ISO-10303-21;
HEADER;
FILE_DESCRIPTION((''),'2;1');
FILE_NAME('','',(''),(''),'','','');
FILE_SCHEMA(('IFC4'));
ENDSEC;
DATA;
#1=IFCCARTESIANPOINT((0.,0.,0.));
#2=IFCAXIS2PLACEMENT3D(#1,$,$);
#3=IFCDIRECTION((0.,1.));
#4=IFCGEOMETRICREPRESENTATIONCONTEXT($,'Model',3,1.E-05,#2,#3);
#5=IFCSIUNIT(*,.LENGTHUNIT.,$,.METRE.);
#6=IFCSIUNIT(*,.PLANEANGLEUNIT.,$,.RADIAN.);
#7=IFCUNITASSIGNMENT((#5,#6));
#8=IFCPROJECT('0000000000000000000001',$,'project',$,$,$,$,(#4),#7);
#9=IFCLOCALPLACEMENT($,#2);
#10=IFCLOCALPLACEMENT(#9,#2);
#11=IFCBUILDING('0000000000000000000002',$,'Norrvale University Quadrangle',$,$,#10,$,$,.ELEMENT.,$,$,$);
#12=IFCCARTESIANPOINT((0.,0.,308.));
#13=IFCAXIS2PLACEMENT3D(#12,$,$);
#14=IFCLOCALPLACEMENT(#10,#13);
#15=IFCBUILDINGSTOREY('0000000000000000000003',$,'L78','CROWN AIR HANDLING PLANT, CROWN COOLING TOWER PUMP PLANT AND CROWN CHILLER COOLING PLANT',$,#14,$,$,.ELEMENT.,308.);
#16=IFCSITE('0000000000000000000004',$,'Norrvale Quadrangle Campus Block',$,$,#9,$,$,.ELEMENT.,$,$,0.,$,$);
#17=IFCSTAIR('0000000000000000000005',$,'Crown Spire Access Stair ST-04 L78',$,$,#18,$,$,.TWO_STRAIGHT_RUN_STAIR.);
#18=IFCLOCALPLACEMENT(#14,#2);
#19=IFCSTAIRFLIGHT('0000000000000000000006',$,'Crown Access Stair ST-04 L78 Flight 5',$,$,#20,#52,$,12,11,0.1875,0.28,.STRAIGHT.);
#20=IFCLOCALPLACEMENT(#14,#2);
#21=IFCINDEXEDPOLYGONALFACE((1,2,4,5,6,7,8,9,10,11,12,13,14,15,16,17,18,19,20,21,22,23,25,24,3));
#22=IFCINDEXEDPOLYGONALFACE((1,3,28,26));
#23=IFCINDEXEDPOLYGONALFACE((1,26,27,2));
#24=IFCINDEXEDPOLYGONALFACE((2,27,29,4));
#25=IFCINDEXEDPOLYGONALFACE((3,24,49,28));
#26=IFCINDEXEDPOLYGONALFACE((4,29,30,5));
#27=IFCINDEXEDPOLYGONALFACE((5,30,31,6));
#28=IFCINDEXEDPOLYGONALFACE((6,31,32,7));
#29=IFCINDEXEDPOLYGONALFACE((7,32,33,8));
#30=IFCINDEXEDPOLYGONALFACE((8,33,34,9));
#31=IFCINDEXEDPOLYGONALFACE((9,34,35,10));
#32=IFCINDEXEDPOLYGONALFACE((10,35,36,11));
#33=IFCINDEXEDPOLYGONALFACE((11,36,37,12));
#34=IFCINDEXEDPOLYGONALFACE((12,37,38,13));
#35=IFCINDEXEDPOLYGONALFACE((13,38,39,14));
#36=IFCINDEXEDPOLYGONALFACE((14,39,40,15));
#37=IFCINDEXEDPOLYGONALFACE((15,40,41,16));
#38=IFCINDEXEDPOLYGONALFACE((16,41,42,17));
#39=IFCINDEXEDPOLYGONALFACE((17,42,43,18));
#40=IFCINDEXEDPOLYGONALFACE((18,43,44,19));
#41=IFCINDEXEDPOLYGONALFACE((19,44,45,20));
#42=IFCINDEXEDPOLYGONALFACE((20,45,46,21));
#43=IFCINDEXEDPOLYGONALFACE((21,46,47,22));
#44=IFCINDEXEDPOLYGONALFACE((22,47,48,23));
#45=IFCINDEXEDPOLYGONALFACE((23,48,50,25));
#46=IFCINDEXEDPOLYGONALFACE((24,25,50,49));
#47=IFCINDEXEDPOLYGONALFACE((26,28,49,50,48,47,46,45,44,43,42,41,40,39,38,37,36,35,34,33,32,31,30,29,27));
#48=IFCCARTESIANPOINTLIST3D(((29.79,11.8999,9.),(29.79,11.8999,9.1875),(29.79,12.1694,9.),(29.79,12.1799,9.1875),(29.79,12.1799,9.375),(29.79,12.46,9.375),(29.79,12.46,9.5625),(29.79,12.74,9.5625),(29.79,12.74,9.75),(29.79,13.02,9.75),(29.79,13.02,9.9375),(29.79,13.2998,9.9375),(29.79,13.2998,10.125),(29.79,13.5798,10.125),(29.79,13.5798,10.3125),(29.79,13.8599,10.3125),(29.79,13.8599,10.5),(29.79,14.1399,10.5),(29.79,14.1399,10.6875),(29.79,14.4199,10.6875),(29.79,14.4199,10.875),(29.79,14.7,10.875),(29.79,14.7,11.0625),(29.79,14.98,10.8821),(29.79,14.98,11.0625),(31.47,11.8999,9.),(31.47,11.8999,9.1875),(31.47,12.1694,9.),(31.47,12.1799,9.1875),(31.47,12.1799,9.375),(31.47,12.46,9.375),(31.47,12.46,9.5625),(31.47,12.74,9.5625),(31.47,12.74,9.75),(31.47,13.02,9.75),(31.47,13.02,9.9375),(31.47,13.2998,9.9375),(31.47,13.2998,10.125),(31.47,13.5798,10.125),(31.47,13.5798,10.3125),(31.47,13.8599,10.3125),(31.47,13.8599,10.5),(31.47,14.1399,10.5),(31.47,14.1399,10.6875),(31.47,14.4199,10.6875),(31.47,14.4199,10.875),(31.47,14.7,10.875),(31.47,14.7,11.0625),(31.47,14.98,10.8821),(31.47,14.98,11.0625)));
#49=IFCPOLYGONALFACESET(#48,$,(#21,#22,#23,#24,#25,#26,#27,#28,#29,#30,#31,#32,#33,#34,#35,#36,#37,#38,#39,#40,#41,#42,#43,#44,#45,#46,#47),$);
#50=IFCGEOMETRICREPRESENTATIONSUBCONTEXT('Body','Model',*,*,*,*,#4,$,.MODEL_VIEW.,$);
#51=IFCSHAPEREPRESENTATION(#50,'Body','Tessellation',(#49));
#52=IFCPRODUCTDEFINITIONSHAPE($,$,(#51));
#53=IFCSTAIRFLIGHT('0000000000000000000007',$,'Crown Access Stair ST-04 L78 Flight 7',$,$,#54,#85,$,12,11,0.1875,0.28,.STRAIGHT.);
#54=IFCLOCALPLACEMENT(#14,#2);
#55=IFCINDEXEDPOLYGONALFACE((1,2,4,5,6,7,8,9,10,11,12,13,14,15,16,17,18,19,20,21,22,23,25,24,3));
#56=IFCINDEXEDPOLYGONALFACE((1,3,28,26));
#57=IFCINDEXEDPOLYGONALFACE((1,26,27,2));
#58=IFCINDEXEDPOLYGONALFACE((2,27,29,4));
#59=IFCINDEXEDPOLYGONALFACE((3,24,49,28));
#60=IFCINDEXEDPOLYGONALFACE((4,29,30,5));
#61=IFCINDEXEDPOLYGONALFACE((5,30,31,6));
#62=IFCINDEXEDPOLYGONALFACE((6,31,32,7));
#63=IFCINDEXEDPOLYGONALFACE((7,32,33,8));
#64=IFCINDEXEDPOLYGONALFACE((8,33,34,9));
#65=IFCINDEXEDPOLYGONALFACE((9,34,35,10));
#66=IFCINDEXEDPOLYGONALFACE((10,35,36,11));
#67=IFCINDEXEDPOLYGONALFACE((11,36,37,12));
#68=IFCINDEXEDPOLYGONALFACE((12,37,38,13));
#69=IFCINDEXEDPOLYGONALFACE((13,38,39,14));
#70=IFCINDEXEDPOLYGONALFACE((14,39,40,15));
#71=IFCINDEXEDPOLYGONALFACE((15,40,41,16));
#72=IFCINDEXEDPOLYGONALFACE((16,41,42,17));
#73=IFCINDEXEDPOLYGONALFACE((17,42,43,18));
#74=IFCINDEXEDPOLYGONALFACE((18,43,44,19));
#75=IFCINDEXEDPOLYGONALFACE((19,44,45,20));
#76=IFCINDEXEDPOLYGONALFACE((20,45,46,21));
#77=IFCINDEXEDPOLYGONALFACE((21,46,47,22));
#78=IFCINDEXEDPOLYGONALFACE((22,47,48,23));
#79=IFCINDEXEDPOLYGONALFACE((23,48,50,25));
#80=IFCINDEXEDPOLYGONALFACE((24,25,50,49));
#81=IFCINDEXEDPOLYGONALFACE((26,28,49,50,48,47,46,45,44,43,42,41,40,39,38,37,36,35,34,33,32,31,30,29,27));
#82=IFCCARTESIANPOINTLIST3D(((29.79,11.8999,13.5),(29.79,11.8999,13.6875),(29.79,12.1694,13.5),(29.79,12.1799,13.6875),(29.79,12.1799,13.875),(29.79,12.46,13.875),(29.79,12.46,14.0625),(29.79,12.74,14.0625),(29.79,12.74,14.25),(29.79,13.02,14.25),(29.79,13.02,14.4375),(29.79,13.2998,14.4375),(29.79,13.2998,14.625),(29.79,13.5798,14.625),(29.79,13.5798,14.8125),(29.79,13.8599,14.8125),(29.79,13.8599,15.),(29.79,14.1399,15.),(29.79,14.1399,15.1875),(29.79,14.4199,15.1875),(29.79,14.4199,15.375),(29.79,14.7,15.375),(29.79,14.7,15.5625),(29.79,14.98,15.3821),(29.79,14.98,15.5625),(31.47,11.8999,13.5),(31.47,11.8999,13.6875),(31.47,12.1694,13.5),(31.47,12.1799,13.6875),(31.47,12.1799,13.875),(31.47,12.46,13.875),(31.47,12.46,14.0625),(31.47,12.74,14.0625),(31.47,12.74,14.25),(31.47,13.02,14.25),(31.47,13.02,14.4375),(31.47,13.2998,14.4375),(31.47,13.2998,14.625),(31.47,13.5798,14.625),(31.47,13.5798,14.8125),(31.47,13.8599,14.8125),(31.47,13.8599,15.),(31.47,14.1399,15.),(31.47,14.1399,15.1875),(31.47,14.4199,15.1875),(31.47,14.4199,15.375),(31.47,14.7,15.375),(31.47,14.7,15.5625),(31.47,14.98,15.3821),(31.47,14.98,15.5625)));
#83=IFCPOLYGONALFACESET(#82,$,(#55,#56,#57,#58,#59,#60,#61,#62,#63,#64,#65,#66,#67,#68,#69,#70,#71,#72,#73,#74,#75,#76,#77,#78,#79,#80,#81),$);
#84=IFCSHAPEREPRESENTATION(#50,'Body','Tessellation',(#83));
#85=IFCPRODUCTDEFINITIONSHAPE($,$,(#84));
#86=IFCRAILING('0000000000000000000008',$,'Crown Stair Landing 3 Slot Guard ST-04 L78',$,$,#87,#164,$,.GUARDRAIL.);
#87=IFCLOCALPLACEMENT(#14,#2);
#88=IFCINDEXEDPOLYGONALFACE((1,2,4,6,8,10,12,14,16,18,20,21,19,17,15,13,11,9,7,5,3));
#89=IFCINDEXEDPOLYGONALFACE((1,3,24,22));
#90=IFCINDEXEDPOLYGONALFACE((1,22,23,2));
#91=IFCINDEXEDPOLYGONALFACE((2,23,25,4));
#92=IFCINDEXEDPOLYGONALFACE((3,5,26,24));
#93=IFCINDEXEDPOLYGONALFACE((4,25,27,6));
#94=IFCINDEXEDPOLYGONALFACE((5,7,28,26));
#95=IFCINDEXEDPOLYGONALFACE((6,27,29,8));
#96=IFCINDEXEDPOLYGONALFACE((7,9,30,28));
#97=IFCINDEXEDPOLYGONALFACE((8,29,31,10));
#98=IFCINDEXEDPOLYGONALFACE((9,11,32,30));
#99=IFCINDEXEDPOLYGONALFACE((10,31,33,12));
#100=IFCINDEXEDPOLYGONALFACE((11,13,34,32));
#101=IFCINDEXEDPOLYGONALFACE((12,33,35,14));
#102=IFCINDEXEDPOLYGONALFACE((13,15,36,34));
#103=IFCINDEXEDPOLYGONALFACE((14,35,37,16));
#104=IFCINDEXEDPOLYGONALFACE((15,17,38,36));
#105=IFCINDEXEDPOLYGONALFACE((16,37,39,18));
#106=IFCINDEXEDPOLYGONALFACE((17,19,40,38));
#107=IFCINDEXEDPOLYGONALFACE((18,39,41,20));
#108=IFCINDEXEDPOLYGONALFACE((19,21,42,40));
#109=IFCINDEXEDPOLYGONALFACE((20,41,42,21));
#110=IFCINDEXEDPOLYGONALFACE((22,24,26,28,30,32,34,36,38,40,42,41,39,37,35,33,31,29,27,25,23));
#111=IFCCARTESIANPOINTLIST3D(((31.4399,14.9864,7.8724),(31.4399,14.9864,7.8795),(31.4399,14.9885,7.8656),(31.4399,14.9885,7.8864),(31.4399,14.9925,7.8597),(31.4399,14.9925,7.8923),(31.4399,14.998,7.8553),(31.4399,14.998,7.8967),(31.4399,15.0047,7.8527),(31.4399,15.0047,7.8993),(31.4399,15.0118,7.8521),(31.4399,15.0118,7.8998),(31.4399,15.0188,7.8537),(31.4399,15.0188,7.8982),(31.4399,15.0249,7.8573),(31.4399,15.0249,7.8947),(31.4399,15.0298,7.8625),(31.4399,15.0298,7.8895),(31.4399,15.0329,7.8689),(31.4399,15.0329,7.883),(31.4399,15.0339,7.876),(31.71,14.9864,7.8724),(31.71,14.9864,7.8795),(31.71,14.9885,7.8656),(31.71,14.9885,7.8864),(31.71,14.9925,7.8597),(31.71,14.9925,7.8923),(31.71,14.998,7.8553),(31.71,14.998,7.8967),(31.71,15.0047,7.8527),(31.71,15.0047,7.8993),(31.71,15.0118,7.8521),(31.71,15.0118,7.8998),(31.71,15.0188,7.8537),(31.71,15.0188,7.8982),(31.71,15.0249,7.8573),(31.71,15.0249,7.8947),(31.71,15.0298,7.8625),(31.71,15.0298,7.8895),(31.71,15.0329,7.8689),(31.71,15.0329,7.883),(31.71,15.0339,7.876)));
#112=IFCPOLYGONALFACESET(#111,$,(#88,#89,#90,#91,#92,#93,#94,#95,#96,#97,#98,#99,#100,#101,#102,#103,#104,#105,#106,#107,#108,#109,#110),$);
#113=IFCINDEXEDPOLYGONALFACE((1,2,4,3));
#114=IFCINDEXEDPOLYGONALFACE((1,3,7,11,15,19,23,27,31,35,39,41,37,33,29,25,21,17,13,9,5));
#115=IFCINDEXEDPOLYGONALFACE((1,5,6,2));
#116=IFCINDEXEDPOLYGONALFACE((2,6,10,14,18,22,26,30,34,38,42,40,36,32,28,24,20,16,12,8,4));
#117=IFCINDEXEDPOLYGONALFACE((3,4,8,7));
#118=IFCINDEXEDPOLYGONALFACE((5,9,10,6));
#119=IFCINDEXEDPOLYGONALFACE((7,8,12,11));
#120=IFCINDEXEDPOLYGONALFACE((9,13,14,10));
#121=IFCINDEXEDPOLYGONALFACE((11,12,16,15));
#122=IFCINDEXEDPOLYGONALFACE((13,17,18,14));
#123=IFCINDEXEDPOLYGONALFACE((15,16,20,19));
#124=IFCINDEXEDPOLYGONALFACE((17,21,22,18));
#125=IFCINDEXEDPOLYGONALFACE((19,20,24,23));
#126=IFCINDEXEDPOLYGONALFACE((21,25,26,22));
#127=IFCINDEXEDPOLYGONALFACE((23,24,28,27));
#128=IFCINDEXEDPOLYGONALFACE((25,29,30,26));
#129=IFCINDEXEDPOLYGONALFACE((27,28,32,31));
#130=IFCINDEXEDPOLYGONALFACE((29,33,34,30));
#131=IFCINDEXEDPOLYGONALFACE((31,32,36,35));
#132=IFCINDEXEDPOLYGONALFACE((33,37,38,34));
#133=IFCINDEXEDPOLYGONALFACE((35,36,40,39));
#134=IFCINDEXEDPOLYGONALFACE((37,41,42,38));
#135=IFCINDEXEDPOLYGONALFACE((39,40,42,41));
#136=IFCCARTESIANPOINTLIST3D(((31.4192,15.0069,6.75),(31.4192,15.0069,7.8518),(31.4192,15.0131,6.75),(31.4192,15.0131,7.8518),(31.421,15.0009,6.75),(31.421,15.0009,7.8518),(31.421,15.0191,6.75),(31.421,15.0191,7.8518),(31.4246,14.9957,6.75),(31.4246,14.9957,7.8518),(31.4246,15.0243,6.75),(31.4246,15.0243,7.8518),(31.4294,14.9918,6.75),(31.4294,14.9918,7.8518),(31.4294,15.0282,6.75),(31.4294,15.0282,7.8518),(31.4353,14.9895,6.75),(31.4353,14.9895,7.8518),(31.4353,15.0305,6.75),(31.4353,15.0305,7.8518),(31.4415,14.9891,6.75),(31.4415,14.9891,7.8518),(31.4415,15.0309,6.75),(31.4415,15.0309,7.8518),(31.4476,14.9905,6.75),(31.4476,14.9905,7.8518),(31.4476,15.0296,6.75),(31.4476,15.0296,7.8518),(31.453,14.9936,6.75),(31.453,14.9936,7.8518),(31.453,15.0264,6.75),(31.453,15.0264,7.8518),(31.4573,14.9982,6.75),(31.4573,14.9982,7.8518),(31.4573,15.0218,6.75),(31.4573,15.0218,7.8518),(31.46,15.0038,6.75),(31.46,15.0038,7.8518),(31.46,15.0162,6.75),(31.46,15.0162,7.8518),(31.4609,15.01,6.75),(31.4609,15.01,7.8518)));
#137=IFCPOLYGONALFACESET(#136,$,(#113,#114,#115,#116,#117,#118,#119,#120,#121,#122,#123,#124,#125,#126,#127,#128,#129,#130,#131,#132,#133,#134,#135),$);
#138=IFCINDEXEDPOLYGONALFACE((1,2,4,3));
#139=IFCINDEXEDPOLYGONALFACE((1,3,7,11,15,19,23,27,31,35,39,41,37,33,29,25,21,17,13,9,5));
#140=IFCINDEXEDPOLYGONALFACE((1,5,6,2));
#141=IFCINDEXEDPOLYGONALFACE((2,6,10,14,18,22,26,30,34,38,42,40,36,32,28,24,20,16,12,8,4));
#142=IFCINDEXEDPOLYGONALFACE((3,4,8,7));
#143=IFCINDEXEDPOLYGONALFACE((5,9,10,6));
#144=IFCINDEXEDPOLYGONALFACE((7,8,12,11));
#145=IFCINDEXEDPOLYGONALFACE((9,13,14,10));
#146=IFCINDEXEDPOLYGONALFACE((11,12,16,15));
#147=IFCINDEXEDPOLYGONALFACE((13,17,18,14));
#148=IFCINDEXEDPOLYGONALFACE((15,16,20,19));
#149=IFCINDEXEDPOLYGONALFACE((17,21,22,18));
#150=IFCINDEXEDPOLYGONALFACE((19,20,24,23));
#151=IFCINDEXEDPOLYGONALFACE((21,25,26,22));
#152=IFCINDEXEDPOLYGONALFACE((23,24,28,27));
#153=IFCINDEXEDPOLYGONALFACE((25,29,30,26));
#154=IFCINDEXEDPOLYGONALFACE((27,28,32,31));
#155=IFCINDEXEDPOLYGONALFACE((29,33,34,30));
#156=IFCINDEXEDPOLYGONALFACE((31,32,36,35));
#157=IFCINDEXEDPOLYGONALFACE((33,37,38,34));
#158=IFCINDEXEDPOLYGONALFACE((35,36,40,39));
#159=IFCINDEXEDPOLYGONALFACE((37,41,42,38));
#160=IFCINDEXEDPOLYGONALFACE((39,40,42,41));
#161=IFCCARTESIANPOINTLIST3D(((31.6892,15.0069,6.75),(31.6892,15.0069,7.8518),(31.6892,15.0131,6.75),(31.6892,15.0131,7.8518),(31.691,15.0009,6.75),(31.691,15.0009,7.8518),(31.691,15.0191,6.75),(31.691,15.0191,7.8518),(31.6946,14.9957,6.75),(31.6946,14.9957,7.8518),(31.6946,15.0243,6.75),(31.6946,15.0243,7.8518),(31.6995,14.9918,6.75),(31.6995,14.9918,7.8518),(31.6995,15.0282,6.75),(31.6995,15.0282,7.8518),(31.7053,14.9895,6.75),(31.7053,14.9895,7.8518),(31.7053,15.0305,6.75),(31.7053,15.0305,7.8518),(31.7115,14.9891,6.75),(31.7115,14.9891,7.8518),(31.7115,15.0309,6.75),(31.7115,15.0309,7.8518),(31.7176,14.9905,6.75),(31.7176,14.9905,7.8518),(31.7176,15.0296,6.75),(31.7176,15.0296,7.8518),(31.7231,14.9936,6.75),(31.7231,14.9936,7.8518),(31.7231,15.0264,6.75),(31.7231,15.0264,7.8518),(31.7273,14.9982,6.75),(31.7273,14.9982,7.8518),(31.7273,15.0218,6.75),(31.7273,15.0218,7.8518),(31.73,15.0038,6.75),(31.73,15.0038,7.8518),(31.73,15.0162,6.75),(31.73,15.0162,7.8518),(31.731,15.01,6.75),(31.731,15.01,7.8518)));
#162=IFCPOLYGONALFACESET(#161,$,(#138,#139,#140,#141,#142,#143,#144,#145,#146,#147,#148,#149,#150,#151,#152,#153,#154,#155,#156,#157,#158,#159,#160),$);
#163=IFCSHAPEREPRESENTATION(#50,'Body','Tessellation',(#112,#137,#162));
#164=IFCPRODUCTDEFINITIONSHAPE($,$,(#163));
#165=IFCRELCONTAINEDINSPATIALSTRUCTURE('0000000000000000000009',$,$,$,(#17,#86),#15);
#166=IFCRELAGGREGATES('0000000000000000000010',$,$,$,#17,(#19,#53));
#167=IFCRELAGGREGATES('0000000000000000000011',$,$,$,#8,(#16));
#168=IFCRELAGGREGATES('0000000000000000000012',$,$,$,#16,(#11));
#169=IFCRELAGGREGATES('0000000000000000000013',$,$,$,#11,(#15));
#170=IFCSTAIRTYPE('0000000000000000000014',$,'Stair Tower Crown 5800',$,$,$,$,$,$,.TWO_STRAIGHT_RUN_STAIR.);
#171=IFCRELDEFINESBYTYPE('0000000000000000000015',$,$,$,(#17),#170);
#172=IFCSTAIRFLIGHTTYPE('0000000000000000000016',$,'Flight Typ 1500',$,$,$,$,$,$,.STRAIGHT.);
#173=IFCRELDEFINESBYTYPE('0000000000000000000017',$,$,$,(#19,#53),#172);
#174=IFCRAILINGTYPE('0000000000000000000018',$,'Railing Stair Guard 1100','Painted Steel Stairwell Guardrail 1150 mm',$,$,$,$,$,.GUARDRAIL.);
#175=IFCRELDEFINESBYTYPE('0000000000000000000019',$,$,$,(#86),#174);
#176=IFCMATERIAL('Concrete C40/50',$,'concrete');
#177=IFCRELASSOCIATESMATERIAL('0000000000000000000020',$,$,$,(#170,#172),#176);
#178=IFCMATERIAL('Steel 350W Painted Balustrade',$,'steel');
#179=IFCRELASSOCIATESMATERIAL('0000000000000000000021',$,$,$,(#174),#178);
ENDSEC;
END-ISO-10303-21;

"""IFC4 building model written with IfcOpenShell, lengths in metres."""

from ifc_helpers import new_model, si_unit, direction, frame, origin, origin_2d, place, context, subcontext, project, spatial, polyline, circle, outline, extrude, material, type_object, element, aggregate, save


model = new_model("IFC4")

# Units and contexts
model_context = context("Model", 3, precision=1e-05, world=origin(), true_north=direction((0.0, 1.0)))
body_context = subcontext(model_context, "Body", "Model", "MODEL_VIEW")
ifc_project = project(units=[si_unit("LENGTHUNIT", "METRE"), si_unit("PLANEANGLEUNIT", "RADIAN")], contexts=[model_context])

# Site, building, storey
site_placement = place(None, origin())
site = spatial("IfcSite", under=ifc_project, at=site_placement, Name="Norrvale Quadrangle Campus Block", CompositionType="ELEMENT", RefElevation=0.0)
building_placement = place(site_placement, origin())
building = spatial("IfcBuilding", under=site, at=building_placement, Name="Norrvale University Quadrangle", CompositionType="ELEMENT")
storey_placement = place(building_placement, frame((0.0, 0.0, 308.0)))
storey = spatial("IfcBuildingStorey", under=building, at=storey_placement, Name="L78", Description="CROWN AIR HANDLING PLANT, CROWN COOLING TOWER PUMP PLANT AND CROWN CHILLER COOLING PLANT", CompositionType="ELEMENT", Elevation=308.0)

# Stair, stair flights
ifc_material_1 = material(Name="Concrete C40/50", Category="concrete")
stair_type = type_object("IfcStairType", Name="Stair Tower Crown 5800", PredefinedType="TWO_STRAIGHT_RUN_STAIR", material=ifc_material_1)
stair_placement = place(storey_placement, origin())
stair = element("IfcStair", 1, at=stair_placement, inside=storey, type_object=stair_type, Name="Crown Spire Access Stair ST-04 L78", PredefinedType="TWO_STRAIGHT_RUN_STAIR")
stair_flight_type = type_object("IfcStairFlightType", Name="Flight Typ 1500", PredefinedType="STRAIGHT", material=ifc_material_1)
stair_flight_1_placement = place(storey_placement, frame((30.6299, 11.8999, 9.0), z_axis=(0.0, 0.0, 1.0), x_axis=(0.0, 1.0, 0.0)))
stair_flight_1 = element("IfcStairFlight", 2, at=stair_flight_1_placement, type_object=stair_flight_type, Name="Crown Access Stair ST-04 L78 Flight 5", NumberOfRisers=12, NumberOfTreads=11, PredefinedType="STRAIGHT", RiserHeight=0.1875, TreadLength=0.28, context=body_context, shape_type="SweptSolid", body=[
    extrude(outline(polyline([(0.0, 0.0), (0.0, 0.1875), (0.28, 0.1875), (0.28, 0.375), (0.5601, 0.375), (0.5601, 0.5625), (0.8401, 0.5625), (0.8401, 0.75), (1.1201, 0.75), (1.1201, 0.9375), (1.3999, 0.9375), (1.3999, 1.125), (1.6799, 1.125), (1.6799, 1.3125), (1.96, 1.3125), (1.96, 1.5), (2.24, 1.5), (2.24, 1.6875), (2.52, 1.6875), (2.52, 1.875), (2.8, 1.875), (2.8, 2.0625), (3.0801, 2.0625), (3.0801, 2.25), (3.0801, 1.8821), (0.2695, 0.0), (0.0, 0.0)])), frame((0.0, 0.8398, 0.0), z_axis=(0.0, -1.0, 0.0), x_axis=(1.0, 0.0, 0.0)), (0.0, 0.0, 1.0), 1.6799),
])
stair_flight_2_placement = place(storey_placement, frame((30.6299, 11.8999, 13.5), z_axis=(0.0, 0.0, 1.0), x_axis=(0.0, 1.0, 0.0)))
stair_flight_2 = element("IfcStairFlight", 3, at=stair_flight_2_placement, type_object=stair_flight_type, Name="Crown Access Stair ST-04 L78 Flight 7", NumberOfRisers=12, NumberOfTreads=11, PredefinedType="STRAIGHT", RiserHeight=0.1875, TreadLength=0.28, context=body_context, shape_type="SweptSolid", body=[
    extrude(outline(polyline([(0.0, 0.0), (0.0, 0.1875), (0.28, 0.1875), (0.28, 0.375), (0.5601, 0.375), (0.5601, 0.5625), (0.8401, 0.5625), (0.8401, 0.75), (1.1201, 0.75), (1.1201, 0.9375), (1.3999, 0.9375), (1.3999, 1.125), (1.6799, 1.125), (1.6799, 1.3125), (1.96, 1.3125), (1.96, 1.5), (2.24, 1.5), (2.24, 1.6875), (2.52, 1.6875), (2.52, 1.875), (2.8, 1.875), (2.8, 2.0625), (3.0801, 2.0625), (3.0801, 2.25), (3.0801, 1.8821), (0.2695, 0.0), (0.0, 0.0)])), frame((0.0, 0.8398, 0.0), z_axis=(0.0, -1.0, 0.0), x_axis=(1.0, 0.0, 0.0)), (0.0, 0.0, 1.0), 1.6799),
])
aggregate(stair, [stair_flight_1, stair_flight_2])

# Railing
ifc_material_2 = material(Name="Steel 350W Painted Balustrade", Category="steel")
railing_type_1 = type_object("IfcRailingType", Name="Railing Stair Guard 1100", Description="Painted Steel Stairwell Guardrail 1150 mm", PredefinedType="GUARDRAIL", material=ifc_material_2)
for number, where, name in (
    (4, (31.4399, 15.01, 6.75), "Crown Stair Landing 3 Slot Guard ST-04 L78"),
):
    element("IfcRailing", number, at=place(storey_placement, frame(where)), inside=storey, type_object=railing_type_1, Name=name, PredefinedType="GUARDRAIL", context=body_context, shape_type="SweptSolid", body=[
        extrude(circle(Radius=0.0239, at=origin_2d()), frame((0.0, 0.0, 1.126), z_axis=(1.0, 0.0, 0.0), x_axis=(0.0, 1.0, 0.0)), (0.0, 0.0, 1.0), 0.27),
        extrude(circle(Radius=0.021, at=origin_2d()), origin(), (0.0, 0.0, 1.0), 1.1018),
        extrude(circle(Radius=0.021, at=origin_2d()), frame((0.27, 0.0, 0.0)), (0.0, 0.0, 1.0), 1.1018),
    ])

save(model, "model.ifc")
